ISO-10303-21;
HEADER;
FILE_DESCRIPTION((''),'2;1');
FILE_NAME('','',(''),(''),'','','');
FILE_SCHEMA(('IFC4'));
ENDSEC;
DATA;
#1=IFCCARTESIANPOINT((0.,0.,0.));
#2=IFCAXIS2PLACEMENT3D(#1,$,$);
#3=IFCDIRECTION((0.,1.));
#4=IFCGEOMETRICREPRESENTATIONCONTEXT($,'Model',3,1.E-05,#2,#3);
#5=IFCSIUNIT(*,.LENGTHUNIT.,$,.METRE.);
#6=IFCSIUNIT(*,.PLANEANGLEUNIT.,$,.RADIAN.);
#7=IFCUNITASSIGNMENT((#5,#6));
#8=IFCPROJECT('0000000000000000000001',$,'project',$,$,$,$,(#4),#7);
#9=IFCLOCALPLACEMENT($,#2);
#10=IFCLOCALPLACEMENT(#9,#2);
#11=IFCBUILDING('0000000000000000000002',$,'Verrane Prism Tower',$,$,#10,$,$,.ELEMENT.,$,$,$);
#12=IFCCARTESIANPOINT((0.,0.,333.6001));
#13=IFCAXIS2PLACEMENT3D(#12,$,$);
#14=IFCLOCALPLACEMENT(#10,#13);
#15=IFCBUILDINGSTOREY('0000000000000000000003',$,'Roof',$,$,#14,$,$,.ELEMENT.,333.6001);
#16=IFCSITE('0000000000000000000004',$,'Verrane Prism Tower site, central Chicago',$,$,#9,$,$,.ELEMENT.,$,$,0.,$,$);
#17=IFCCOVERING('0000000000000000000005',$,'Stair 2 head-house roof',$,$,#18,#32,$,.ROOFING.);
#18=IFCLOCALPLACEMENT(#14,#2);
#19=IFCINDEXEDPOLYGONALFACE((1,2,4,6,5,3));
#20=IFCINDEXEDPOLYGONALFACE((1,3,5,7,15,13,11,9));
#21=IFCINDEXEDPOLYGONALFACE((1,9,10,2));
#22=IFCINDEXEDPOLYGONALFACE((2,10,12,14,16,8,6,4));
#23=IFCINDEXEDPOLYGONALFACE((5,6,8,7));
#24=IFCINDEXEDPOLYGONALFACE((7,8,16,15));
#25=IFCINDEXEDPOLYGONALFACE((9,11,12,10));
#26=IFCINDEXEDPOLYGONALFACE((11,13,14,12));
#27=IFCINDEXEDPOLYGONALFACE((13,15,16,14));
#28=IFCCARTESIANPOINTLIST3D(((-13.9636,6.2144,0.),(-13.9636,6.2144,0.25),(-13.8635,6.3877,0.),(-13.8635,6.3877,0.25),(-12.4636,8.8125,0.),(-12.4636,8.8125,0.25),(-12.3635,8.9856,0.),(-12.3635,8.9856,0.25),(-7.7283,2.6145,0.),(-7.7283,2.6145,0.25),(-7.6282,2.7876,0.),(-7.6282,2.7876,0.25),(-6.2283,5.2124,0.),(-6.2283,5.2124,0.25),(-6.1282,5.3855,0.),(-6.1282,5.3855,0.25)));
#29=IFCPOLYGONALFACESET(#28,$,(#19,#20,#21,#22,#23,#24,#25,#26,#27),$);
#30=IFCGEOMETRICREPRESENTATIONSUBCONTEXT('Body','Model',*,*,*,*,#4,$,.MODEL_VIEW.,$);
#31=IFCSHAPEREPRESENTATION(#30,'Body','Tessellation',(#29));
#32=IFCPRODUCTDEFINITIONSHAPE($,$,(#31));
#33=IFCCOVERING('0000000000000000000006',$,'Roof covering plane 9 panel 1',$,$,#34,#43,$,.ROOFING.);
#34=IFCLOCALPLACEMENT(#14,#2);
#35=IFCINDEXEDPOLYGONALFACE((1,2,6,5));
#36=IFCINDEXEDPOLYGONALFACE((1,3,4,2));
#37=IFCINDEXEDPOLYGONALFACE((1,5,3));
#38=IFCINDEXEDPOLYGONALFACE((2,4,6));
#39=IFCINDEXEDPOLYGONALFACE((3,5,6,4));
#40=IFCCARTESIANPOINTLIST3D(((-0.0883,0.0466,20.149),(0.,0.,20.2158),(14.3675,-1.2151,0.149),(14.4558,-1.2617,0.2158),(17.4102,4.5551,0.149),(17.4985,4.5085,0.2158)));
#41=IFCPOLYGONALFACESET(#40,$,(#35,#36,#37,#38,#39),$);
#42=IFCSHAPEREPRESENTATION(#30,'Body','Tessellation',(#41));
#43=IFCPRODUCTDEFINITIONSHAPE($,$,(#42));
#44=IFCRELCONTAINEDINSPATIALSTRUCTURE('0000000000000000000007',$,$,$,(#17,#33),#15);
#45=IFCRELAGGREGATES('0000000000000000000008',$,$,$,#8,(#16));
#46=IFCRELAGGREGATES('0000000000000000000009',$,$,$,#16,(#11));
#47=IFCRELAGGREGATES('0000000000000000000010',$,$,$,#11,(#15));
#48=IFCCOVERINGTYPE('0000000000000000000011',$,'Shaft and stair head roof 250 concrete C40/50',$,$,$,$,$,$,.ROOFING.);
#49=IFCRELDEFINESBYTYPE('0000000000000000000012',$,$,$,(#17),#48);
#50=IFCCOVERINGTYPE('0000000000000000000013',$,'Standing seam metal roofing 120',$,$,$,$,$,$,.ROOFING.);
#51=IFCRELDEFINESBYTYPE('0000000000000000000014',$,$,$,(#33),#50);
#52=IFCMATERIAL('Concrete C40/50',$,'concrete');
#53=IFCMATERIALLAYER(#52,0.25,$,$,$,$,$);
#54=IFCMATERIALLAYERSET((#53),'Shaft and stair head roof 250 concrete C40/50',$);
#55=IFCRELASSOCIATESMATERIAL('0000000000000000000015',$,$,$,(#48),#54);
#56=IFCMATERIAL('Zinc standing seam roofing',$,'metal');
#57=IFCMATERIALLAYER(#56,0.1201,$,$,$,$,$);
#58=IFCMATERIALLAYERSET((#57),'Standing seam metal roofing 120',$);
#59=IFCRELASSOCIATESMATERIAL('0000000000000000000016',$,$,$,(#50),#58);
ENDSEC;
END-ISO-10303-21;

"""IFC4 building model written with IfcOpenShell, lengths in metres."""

from ifc_helpers import new_model, si_unit, direction, frame, origin, place, context, subcontext, project, spatial, polyline, outline, extrude, material, layer, layer_set, type_object, element, save


model = new_model("IFC4")

# Units and contexts
model_context = context("Model", 3, precision=1e-05, world=origin(), true_north=direction((0.0, 1.0)))
body_context = subcontext(model_context, "Body", "Model", "MODEL_VIEW")
ifc_project = project(units=[si_unit("LENGTHUNIT", "METRE"), si_unit("PLANEANGLEUNIT", "RADIAN")], contexts=[model_context])

# Site, building, storey
site_placement = place(None, origin())
site = spatial("IfcSite", under=ifc_project, at=site_placement, Name="Verrane Prism Tower site, central Chicago", CompositionType="ELEMENT", RefElevation=0.0)
building_placement = place(site_placement, origin())
building = spatial("IfcBuilding", under=site, at=building_placement, Name="Verrane Prism Tower", CompositionType="ELEMENT")
storey_placement = place(building_placement, frame((0.0, 0.0, 333.6001)))
storey = spatial("IfcBuildingStorey", under=building, at=storey_placement, Name="Roof", CompositionType="ELEMENT", Elevation=333.6001)

# Coverings
ifc_material_1 = material(Name="Concrete C40/50", Category="concrete")
ifc_layer_1 = layer(ifc_material_1, 0.25)
ifc_layer_set_1 = layer_set([ifc_layer_1], Name="Shaft and stair head roof 250 concrete C40/50")
covering_type_1 = type_object("IfcCoveringType", Name="Shaft and stair head roof 250 concrete C40/50", PredefinedType="ROOFING", material=ifc_layer_set_1)
covering_1_placement = place(storey_placement, origin())
element("IfcCovering", 1, at=covering_1_placement, inside=storey, type_object=covering_type_1, Name="Stair 2 head-house roof", PredefinedType="ROOFING", context=body_context, shape_type="SweptSolid", body=[
    extrude(outline(polyline([(-7.7283, 2.6145), (-13.9636, 6.2144), (-13.8635, 6.3877), (-12.4636, 8.8125), (-12.3635, 8.9856), (-6.1282, 5.3855), (-6.2283, 5.2124), (-7.6282, 2.7876), (-7.7283, 2.6145)])), origin(), (0.0, 0.0, 1.0), 0.25),
])
ifc_material_2 = material(Name="Zinc standing seam roofing", Category="metal")
ifc_layer_2 = layer(ifc_material_2, 0.1201)
ifc_layer_set_2 = layer_set([ifc_layer_2], Name="Standing seam metal roofing 120")
covering_type_2 = type_object("IfcCoveringType", Name="Standing seam metal roofing 120", PredefinedType="ROOFING", material=ifc_layer_set_2)
covering_2_placement = place(storey_placement, frame((14.4558, -1.2617, 0.2158), z_axis=(0.735279, -0.387721, 0.555912), x_axis=(0.466436, 0.884555, 0.0)))
element("IfcCovering", 2, at=covering_2_placement, inside=storey, type_object=covering_type_2, Name="Roof covering plane 9 panel 1", PredefinedType="ROOFING", context=body_context, shape_type="SweptSolid", body=[
    extrude(outline(polyline([(0.0, 0.0), (6.5234, 0.0), (-5.6266, 24.0604), (0.0, 0.0)])), origin(), (0.0, 0.0, -1.0), 0.1201),
])

save(model, "model.ifc")
